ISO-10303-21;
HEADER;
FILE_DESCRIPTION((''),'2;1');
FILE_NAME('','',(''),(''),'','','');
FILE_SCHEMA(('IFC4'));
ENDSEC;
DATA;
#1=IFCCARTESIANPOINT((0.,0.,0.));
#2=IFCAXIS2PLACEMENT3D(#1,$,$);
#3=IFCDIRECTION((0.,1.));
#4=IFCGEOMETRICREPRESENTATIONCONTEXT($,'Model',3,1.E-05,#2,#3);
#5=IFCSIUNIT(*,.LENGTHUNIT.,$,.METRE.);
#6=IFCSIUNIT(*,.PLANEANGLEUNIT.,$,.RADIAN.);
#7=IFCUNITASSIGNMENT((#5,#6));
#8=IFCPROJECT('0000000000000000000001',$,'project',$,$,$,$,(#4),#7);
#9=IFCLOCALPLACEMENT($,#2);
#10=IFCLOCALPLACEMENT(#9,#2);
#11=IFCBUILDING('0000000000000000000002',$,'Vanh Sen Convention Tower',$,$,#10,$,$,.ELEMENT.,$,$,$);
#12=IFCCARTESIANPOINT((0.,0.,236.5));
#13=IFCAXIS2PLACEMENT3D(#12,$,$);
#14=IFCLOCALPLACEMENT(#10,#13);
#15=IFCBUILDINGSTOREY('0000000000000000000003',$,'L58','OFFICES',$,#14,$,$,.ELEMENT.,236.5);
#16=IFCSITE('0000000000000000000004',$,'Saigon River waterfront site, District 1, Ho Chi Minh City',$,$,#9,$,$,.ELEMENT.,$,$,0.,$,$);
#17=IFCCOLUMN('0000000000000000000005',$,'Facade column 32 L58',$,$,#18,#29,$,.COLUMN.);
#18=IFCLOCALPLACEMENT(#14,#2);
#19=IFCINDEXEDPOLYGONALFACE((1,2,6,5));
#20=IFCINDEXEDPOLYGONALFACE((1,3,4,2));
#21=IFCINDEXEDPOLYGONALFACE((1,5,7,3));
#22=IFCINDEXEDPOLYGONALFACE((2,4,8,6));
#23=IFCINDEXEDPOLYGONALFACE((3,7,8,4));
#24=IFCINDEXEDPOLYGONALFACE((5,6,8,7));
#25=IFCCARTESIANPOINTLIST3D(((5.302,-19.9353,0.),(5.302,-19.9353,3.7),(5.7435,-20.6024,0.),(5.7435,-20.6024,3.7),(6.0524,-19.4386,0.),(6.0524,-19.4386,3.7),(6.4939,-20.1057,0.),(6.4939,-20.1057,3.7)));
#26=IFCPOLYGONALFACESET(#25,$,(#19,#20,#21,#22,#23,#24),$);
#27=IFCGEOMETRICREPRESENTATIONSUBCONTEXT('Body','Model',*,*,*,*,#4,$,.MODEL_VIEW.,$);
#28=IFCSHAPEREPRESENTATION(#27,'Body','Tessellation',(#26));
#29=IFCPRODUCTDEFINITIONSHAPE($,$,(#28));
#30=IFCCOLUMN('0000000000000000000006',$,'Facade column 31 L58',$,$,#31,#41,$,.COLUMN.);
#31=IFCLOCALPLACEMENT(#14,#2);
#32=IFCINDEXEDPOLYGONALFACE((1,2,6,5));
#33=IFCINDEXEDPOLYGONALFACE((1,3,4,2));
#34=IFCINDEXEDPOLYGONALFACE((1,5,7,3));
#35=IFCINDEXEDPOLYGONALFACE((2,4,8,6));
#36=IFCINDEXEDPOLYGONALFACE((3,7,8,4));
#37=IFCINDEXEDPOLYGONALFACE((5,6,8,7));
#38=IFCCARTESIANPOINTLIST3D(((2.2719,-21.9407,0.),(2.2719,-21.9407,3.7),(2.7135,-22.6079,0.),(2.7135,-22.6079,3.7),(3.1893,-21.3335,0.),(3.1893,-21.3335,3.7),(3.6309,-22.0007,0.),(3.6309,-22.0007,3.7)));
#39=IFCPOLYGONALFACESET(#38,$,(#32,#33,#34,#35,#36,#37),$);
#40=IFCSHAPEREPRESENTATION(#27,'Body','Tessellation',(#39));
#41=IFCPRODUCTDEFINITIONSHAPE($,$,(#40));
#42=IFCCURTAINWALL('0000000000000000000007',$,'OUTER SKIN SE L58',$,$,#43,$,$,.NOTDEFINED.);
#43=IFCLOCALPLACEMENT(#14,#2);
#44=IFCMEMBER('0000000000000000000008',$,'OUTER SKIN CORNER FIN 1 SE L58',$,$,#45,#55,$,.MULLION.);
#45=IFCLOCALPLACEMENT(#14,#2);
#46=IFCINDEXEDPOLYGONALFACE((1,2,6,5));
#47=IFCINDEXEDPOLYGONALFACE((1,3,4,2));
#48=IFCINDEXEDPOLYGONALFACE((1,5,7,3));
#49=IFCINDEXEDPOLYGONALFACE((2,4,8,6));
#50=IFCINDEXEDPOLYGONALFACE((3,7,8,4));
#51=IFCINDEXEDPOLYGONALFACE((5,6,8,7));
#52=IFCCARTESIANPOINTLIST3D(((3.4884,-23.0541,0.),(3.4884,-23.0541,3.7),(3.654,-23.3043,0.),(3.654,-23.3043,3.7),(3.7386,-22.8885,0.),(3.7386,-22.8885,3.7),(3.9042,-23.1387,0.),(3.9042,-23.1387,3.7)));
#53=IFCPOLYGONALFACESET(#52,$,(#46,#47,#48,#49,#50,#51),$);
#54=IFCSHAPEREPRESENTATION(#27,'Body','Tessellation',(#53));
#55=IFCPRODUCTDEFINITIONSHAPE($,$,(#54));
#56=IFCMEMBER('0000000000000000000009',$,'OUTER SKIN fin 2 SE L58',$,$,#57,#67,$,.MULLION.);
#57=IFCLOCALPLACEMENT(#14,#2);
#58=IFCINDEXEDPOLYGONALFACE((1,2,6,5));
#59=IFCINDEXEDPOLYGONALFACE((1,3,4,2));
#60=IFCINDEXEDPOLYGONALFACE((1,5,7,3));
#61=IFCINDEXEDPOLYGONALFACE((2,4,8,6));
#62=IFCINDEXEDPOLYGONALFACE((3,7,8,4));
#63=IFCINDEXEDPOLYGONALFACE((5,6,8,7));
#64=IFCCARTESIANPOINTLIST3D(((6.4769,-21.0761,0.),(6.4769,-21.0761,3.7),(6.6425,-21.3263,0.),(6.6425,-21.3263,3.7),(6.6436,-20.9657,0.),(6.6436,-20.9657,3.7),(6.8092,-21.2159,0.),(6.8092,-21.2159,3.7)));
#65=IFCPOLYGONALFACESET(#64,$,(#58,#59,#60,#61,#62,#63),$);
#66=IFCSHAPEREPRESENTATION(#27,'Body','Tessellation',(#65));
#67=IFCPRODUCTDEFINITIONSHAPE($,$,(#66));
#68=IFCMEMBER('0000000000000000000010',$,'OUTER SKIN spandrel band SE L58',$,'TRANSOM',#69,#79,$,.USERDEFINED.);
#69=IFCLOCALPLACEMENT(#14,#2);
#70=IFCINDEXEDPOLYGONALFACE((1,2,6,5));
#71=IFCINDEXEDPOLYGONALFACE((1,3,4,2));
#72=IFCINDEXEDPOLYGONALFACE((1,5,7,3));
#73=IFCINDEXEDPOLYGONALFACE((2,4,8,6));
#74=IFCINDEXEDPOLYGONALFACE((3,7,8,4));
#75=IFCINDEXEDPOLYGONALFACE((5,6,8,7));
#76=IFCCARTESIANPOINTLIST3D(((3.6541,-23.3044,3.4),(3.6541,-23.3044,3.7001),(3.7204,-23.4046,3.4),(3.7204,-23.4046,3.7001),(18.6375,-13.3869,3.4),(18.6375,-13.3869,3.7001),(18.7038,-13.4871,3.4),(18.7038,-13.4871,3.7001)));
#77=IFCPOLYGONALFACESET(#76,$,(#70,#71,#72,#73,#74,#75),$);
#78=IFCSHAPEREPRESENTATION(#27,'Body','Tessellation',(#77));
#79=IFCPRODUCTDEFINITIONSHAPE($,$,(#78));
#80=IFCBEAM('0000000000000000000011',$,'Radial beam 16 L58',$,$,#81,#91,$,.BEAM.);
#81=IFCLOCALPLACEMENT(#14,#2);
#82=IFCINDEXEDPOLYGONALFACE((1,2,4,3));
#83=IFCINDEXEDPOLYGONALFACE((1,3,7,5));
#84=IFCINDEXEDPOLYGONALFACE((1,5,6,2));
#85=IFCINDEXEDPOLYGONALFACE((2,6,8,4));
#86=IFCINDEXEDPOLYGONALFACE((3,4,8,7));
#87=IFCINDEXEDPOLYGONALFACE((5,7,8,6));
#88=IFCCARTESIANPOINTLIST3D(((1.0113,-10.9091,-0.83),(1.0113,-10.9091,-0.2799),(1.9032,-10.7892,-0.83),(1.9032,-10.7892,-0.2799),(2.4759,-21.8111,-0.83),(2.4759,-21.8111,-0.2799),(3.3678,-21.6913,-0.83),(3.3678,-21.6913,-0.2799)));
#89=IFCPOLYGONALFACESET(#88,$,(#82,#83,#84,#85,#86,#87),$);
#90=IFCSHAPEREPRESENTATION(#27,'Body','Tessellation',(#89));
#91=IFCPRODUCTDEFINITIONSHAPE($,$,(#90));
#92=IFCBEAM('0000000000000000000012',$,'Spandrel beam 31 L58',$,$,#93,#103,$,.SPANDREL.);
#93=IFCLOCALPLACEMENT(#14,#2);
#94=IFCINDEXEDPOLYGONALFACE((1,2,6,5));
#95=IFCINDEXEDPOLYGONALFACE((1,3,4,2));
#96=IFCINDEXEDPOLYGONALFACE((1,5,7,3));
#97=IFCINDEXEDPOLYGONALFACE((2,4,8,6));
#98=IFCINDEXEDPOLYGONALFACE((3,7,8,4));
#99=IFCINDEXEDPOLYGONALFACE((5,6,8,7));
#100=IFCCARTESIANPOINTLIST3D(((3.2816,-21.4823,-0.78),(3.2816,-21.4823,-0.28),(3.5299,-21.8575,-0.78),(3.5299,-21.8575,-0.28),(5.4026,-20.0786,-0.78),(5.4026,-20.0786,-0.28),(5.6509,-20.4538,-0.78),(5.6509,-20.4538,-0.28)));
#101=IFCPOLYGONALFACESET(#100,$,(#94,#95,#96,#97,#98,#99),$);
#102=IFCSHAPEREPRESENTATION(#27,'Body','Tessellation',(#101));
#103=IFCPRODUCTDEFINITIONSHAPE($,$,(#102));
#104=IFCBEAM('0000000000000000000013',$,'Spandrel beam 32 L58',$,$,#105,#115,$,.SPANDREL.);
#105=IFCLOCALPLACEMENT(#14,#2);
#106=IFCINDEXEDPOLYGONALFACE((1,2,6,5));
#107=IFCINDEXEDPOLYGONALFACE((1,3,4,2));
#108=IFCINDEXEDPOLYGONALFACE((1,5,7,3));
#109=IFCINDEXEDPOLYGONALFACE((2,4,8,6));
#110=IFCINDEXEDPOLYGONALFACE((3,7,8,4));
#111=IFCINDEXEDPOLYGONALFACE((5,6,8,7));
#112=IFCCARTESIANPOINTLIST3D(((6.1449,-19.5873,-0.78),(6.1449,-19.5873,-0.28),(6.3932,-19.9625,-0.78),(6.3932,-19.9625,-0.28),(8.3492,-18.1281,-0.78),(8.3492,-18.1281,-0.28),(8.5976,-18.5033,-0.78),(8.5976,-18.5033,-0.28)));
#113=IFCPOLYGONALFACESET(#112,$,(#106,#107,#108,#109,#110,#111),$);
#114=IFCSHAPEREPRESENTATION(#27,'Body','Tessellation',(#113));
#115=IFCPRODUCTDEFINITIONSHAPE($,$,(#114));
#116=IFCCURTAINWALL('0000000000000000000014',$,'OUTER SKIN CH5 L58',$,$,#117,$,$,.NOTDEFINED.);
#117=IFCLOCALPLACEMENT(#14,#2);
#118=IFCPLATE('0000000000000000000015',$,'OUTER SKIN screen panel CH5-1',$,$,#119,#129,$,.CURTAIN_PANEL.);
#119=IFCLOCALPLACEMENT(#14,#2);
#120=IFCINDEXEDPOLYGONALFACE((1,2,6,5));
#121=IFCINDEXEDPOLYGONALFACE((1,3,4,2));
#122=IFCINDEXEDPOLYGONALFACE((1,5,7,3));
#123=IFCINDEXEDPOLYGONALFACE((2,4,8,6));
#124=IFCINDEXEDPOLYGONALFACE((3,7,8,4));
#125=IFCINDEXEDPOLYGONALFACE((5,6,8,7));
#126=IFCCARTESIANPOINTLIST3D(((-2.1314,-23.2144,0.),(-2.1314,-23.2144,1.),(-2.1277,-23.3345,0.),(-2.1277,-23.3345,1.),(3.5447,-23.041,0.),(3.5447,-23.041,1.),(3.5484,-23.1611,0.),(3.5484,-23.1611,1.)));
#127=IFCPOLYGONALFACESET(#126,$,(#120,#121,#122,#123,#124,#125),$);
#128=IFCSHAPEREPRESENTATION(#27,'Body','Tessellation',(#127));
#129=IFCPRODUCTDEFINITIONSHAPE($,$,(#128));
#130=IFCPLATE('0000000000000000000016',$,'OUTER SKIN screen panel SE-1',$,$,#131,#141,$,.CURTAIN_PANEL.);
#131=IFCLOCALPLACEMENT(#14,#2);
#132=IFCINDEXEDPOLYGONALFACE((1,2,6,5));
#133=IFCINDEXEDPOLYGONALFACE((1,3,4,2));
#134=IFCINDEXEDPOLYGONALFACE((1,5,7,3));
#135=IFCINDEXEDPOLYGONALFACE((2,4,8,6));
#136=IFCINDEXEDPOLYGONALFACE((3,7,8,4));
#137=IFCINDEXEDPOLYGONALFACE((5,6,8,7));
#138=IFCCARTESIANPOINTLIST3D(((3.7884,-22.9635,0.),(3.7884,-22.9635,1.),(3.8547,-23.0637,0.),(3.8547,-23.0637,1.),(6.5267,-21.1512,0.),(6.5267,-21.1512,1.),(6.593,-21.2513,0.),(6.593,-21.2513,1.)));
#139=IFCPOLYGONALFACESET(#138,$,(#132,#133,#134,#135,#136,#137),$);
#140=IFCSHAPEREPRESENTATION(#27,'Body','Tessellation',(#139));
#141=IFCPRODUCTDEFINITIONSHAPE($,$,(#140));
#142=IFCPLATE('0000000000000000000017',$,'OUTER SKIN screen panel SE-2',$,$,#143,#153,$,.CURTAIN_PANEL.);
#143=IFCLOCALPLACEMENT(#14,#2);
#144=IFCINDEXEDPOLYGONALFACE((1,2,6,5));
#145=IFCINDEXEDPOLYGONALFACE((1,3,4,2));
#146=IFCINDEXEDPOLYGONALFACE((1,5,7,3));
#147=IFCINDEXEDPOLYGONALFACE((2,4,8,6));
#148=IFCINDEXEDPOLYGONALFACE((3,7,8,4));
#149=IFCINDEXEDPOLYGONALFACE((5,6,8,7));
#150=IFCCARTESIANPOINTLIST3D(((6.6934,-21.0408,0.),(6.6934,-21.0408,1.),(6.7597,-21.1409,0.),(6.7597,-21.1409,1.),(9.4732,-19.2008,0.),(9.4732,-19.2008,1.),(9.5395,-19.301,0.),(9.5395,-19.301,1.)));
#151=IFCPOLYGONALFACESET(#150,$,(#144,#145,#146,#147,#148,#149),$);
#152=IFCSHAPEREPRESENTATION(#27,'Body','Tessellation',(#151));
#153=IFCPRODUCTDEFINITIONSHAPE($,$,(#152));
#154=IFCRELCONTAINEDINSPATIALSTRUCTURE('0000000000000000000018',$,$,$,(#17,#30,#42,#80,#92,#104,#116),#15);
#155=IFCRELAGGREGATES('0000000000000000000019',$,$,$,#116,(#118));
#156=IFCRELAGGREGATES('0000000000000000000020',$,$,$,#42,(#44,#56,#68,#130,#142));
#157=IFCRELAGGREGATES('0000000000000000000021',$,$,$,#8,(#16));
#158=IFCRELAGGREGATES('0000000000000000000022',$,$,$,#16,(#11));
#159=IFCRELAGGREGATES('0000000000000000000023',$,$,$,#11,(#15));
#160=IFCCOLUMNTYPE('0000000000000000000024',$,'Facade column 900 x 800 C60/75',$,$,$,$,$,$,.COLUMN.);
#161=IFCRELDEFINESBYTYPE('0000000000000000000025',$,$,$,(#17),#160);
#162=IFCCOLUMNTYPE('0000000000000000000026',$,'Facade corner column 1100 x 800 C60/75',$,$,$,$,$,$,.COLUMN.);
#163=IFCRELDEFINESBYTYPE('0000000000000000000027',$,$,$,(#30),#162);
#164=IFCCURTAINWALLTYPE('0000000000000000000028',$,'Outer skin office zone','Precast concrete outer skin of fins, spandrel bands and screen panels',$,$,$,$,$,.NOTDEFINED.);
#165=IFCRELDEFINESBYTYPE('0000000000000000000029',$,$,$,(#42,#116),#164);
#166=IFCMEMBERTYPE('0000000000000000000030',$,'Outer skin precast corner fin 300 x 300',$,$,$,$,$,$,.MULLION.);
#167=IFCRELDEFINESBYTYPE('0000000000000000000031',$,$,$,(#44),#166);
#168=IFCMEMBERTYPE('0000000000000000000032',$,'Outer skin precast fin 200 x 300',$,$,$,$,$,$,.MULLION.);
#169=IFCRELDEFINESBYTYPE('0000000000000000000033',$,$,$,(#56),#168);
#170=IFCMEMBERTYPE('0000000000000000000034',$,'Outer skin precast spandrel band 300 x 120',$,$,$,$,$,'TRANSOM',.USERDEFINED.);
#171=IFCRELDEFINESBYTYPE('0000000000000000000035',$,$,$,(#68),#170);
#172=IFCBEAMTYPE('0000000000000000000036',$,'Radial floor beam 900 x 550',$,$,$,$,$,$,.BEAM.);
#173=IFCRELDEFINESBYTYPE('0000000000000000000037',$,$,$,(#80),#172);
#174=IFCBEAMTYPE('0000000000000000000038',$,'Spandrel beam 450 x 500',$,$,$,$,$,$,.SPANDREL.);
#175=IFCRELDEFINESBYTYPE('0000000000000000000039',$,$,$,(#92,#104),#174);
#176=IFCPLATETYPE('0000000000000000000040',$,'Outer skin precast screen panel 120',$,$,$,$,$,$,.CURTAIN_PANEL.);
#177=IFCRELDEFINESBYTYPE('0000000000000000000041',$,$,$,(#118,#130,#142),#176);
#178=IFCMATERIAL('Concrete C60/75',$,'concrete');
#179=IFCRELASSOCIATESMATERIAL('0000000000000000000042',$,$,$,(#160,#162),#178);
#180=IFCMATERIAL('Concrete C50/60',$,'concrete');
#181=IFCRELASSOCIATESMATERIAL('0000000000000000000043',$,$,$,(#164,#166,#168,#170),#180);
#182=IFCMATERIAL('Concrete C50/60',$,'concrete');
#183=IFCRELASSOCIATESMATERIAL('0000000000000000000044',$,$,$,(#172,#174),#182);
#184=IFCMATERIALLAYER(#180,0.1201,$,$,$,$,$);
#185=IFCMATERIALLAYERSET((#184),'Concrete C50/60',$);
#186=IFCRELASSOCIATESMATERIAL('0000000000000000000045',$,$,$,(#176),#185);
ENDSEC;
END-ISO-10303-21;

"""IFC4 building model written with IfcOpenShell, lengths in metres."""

from ifc_helpers import new_model, si_unit, direction, frame, origin, origin_2d, place, context, subcontext, project, spatial, rectangle, extrude, material, layer, layer_set, material_profile, profile_set, type_object, element, aggregate, save


model = new_model("IFC4")

# Units and contexts
model_context = context("Model", 3, precision=1e-05, world=origin(), true_north=direction((0.0, 1.0)))
body_context = subcontext(model_context, "Body", "Model", "MODEL_VIEW")
ifc_project = project(units=[si_unit("LENGTHUNIT", "METRE"), si_unit("PLANEANGLEUNIT", "RADIAN")], contexts=[model_context])

# Site, building, storey
site_placement = place(None, origin())
site = spatial("IfcSite", under=ifc_project, at=site_placement, Name="Saigon River waterfront site, District 1, Ho Chi Minh City", CompositionType="ELEMENT", RefElevation=0.0)
building_placement = place(site_placement, origin())
building = spatial("IfcBuilding", under=site, at=building_placement, Name="Vanh Sen Convention Tower", CompositionType="ELEMENT")
storey_placement = place(building_placement, frame((0.0, 0.0, 236.5)))
storey = spatial("IfcBuildingStorey", under=building, at=storey_placement, Name="L58", Description="OFFICES", CompositionType="ELEMENT", Elevation=236.5)

# Columns
ifc_material_1 = material(Name="Concrete C60/75", Category="concrete")
ifc_material_profile_1 = material_profile(ifc_material_1, rectangle(XDim=0.8999, YDim=0.8, at=origin_2d()), Name="RC 900X800")
ifc_profile_set_1 = profile_set([ifc_material_profile_1], Name="Concrete C60/75")
column_type_1 = type_object("IfcColumnType", Name="Facade column 900 x 800 C60/75", PredefinedType="COLUMN", material=ifc_profile_set_1)
column_1_placement = place(storey_placement, frame((5.8979, -20.0205, 0.0), z_axis=(0.0, 0.0, 1.0), x_axis=(0.833886, 0.551937, 0.0)))
element("IfcColumn", 1, at=column_1_placement, inside=storey, type_object=column_type_1, Name="Facade column 32 L58", PredefinedType="COLUMN", context=body_context, shape_type="SweptSolid", body=[
    extrude(rectangle(XDim=0.8999, YDim=0.8, at=origin_2d()), origin(), (0.0, 0.0, 1.0), 3.7),
])
ifc_material_profile_2 = material_profile(ifc_material_1, rectangle(XDim=1.1001, YDim=0.8, at=origin_2d()), Name="RC 1100X800")
ifc_profile_set_2 = profile_set([ifc_material_profile_2], Name="Concrete C60/75")
column_type_2 = type_object("IfcColumnType", Name="Facade corner column 1100 x 800 C60/75", PredefinedType="COLUMN", material=ifc_profile_set_2)
column_2_placement = place(storey_placement, frame((2.9514, -21.9707, 0.0), z_axis=(0.0, 0.0, 1.0), x_axis=(0.833886, 0.551937, 0.0)))
element("IfcColumn", 2, at=column_2_placement, inside=storey, type_object=column_type_2, Name="Facade column 31 L58", PredefinedType="COLUMN", context=body_context, shape_type="SweptSolid", body=[
    extrude(rectangle(XDim=1.1001, YDim=0.8, at=origin_2d()), origin(), (0.0, 0.0, 1.0), 3.7),
])

# Curtain wall, members
ifc_material_2 = material(Name="Concrete C50/60", Category="concrete")
curtain_wall_type = type_object("IfcCurtainWallType", Name="Outer skin office zone", Description="Precast concrete outer skin of fins, spandrel bands and screen panels", PredefinedType="NOTDEFINED", material=ifc_material_2)
curtain_wall_1_placement = place(storey_placement, origin())
curtain_wall_1 = element("IfcCurtainWall", 3, at=curtain_wall_1_placement, inside=storey, type_object=curtain_wall_type, Name="OUTER SKIN SE L58", PredefinedType="NOTDEFINED")
ifc_material_profile_3 = material_profile(ifc_material_2, rectangle(XDim=0.3, YDim=0.3, at=origin_2d()), Name="Outer skin precast corner fin 300 x 300")
ifc_profile_set_3 = profile_set([ifc_material_profile_3], Name="Concrete C50/60")
member_type_1 = type_object("IfcMemberType", Name="Outer skin precast corner fin 300 x 300", PredefinedType="MULLION", material=ifc_profile_set_3)
member_1_placement = place(storey_placement, frame((3.6963, -23.0964, 0.0), z_axis=(0.0, 0.0, 1.0), x_axis=(0.833886, 0.551937, 0.0)))
member_1 = element("IfcMember", 4, at=member_1_placement, type_object=member_type_1, Name="OUTER SKIN CORNER FIN 1 SE L58", PredefinedType="MULLION", context=body_context, shape_type="SweptSolid", body=[
    extrude(rectangle(XDim=0.3, YDim=0.3, at=origin_2d()), origin(), (0.0, 0.0, 1.0), 3.7),
])
ifc_material_profile_4 = material_profile(ifc_material_2, rectangle(XDim=0.2, YDim=0.3, at=origin_2d()), Name="Outer skin precast fin 200 x 300")
ifc_profile_set_4 = profile_set([ifc_material_profile_4], Name="Concrete C50/60")
member_type_2 = type_object("IfcMemberType", Name="Outer skin precast fin 200 x 300", PredefinedType="MULLION", material=ifc_profile_set_4)
member_2_placement = place(storey_placement, frame((6.6431, -21.146, 0.0), z_axis=(0.0, 0.0, 1.0), x_axis=(0.833886, 0.551937, 0.0)))
member_2 = element("IfcMember", 5, at=member_2_placement, type_object=member_type_2, Name="OUTER SKIN fin 2 SE L58", PredefinedType="MULLION", context=body_context, shape_type="SweptSolid", body=[
    extrude(rectangle(XDim=0.2, YDim=0.3, at=origin_2d()), origin(), (0.0, 0.0, 1.0), 3.7),
])
ifc_material_profile_5 = material_profile(ifc_material_2, rectangle(XDim=0.1201, YDim=0.3, at=origin_2d()), Name="Outer skin precast spandrel band 300 x 120")
ifc_profile_set_5 = profile_set([ifc_material_profile_5], Name="Concrete C50/60")
member_type_3 = type_object("IfcMemberType", Name="Outer skin precast spandrel band 300 x 120", ElementType="TRANSOM", PredefinedType="USERDEFINED", material=ifc_profile_set_5)
member_3_placement = place(storey_placement, frame((3.6873, -23.3545, 3.55), z_axis=(0.833881, 0.551944, 0.0), x_axis=(-0.551944, 0.833881, 0.0)))
member_3 = element("IfcMember", 6, at=member_3_placement, type_object=member_type_3, Name="OUTER SKIN spandrel band SE L58", ObjectType="TRANSOM", PredefinedType="USERDEFINED", context=body_context, shape_type="SweptSolid", body=[
    extrude(rectangle(XDim=0.1201, YDim=0.3, at=origin_2d()), origin(), (0.0, 0.0, 1.0), 17.9683),
])

# Beams
ifc_material_3 = material(Name="Concrete C50/60", Category="concrete")
ifc_material_profile_6 = material_profile(ifc_material_3, rectangle(XDim=0.8999, YDim=0.55, at=origin_2d()), Name="RC 900X550")
ifc_profile_set_6 = profile_set([ifc_material_profile_6], Name="Concrete C50/60")
beam_type_1 = type_object("IfcBeamType", Name="Radial floor beam 900 x 550", PredefinedType="BEAM", material=ifc_profile_set_6)
beam_1_placement = place(storey_placement, frame((2.9219, -21.7512, -0.5549), z_axis=(-0.133145, 0.991097, 0.0), x_axis=(-0.991097, -0.133145, 0.0)))
element("IfcBeam", 7, at=beam_1_placement, inside=storey, type_object=beam_type_1, Name="Radial beam 16 L58", PredefinedType="BEAM", context=body_context, shape_type="SweptSolid", body=[
    extrude(rectangle(XDim=0.8999, YDim=0.55, at=origin_2d()), origin(), (0.0, 0.0, 1.0), 11.0),
])
ifc_material_profile_7 = material_profile(ifc_material_3, rectangle(XDim=0.45, YDim=0.5, at=origin_2d()), Name="RC 450X500")
ifc_profile_set_7 = profile_set([ifc_material_profile_7], Name="Concrete C50/60")
beam_type_2 = type_object("IfcBeamType", Name="Spandrel beam 450 x 500", PredefinedType="SPANDREL", material=ifc_profile_set_7)
beam_2_placement = place(storey_placement, frame((3.4058, -21.6699, -0.53), z_axis=(0.833906, 0.551906, 0.0), x_axis=(-0.551906, 0.833906, 0.0)))
element("IfcBeam", 8, at=beam_2_placement, inside=storey, type_object=beam_type_2, Name="Spandrel beam 31 L58", PredefinedType="SPANDREL", context=body_context, shape_type="SweptSolid", body=[
    extrude(rectangle(XDim=0.45, YDim=0.5, at=origin_2d()), origin(), (0.0, 0.0, 1.0), 2.5435),
])
beam_3_placement = place(storey_placement, frame((6.269, -19.7749, -0.53), z_axis=(0.83385, 0.551991, 0.0), x_axis=(-0.551991, 0.83385, 0.0)))
element("IfcBeam", 9, at=beam_3_placement, inside=storey, type_object=beam_type_2, Name="Spandrel beam 32 L58", PredefinedType="SPANDREL", context=body_context, shape_type="SweptSolid", body=[
    extrude(rectangle(XDim=0.45, YDim=0.5, at=origin_2d()), origin(), (0.0, 0.0, 1.0), 2.6436),
])

# Curtain wall, plate
curtain_wall_2_placement = place(storey_placement, origin())
curtain_wall_2 = element("IfcCurtainWall", 10, at=curtain_wall_2_placement, inside=storey, type_object=curtain_wall_type, Name="OUTER SKIN CH5 L58", PredefinedType="NOTDEFINED")
ifc_layer_1 = layer(ifc_material_2, 0.1201)
ifc_layer_set_1 = layer_set([ifc_layer_1], Name="Concrete C50/60")
plate_type = type_object("IfcPlateType", Name="Outer skin precast screen panel 120", PredefinedType="CURTAIN_PANEL", material=ifc_layer_set_1)
plate_1_placement = place(storey_placement, frame((0.7085, -23.1877, 0.0), z_axis=(0.0, 0.0, 1.0), x_axis=(0.999534, 0.03054, 0.0)))
plate_1 = element("IfcPlate", 11, at=plate_1_placement, type_object=plate_type, Name="OUTER SKIN screen panel CH5-1", PredefinedType="CURTAIN_PANEL", context=body_context, shape_type="SweptSolid", body=[
    extrude(rectangle(XDim=5.6787, YDim=0.1201, at=origin_2d()), origin(), (0.0, 0.0, 1.0), 1.0),
])
aggregate(curtain_wall_2, [plate_1])

# Plates
plate_2_placement = place(storey_placement, frame((5.1907, -22.1074, 0.0), z_axis=(0.0, 0.0, 1.0), x_axis=(0.833896, 0.551921, 0.0)))
plate_2 = element("IfcPlate", 12, at=plate_2_placement, type_object=plate_type, Name="OUTER SKIN screen panel SE-1", PredefinedType="CURTAIN_PANEL", context=body_context, shape_type="SweptSolid", body=[
    extrude(rectangle(XDim=3.2837, YDim=0.1201, at=origin_2d()), origin(), (0.0, 0.0, 1.0), 1.0),
])
plate_3_placement = place(storey_placement, frame((8.1165, -20.1709, 0.0), z_axis=(0.0, 0.0, 1.0), x_axis=(0.833874, 0.551954, 0.0)))
plate_3 = element("IfcPlate", 13, at=plate_3_placement, type_object=plate_type, Name="OUTER SKIN screen panel SE-2", PredefinedType="CURTAIN_PANEL", context=body_context, shape_type="SweptSolid", body=[
    extrude(rectangle(XDim=3.3335, YDim=0.1201, at=origin_2d()), origin(), (0.0, 0.0, 1.0), 1.0),
])
aggregate(curtain_wall_1, [member_1, member_2, member_3, plate_2, plate_3])

save(model, "model.ifc")
